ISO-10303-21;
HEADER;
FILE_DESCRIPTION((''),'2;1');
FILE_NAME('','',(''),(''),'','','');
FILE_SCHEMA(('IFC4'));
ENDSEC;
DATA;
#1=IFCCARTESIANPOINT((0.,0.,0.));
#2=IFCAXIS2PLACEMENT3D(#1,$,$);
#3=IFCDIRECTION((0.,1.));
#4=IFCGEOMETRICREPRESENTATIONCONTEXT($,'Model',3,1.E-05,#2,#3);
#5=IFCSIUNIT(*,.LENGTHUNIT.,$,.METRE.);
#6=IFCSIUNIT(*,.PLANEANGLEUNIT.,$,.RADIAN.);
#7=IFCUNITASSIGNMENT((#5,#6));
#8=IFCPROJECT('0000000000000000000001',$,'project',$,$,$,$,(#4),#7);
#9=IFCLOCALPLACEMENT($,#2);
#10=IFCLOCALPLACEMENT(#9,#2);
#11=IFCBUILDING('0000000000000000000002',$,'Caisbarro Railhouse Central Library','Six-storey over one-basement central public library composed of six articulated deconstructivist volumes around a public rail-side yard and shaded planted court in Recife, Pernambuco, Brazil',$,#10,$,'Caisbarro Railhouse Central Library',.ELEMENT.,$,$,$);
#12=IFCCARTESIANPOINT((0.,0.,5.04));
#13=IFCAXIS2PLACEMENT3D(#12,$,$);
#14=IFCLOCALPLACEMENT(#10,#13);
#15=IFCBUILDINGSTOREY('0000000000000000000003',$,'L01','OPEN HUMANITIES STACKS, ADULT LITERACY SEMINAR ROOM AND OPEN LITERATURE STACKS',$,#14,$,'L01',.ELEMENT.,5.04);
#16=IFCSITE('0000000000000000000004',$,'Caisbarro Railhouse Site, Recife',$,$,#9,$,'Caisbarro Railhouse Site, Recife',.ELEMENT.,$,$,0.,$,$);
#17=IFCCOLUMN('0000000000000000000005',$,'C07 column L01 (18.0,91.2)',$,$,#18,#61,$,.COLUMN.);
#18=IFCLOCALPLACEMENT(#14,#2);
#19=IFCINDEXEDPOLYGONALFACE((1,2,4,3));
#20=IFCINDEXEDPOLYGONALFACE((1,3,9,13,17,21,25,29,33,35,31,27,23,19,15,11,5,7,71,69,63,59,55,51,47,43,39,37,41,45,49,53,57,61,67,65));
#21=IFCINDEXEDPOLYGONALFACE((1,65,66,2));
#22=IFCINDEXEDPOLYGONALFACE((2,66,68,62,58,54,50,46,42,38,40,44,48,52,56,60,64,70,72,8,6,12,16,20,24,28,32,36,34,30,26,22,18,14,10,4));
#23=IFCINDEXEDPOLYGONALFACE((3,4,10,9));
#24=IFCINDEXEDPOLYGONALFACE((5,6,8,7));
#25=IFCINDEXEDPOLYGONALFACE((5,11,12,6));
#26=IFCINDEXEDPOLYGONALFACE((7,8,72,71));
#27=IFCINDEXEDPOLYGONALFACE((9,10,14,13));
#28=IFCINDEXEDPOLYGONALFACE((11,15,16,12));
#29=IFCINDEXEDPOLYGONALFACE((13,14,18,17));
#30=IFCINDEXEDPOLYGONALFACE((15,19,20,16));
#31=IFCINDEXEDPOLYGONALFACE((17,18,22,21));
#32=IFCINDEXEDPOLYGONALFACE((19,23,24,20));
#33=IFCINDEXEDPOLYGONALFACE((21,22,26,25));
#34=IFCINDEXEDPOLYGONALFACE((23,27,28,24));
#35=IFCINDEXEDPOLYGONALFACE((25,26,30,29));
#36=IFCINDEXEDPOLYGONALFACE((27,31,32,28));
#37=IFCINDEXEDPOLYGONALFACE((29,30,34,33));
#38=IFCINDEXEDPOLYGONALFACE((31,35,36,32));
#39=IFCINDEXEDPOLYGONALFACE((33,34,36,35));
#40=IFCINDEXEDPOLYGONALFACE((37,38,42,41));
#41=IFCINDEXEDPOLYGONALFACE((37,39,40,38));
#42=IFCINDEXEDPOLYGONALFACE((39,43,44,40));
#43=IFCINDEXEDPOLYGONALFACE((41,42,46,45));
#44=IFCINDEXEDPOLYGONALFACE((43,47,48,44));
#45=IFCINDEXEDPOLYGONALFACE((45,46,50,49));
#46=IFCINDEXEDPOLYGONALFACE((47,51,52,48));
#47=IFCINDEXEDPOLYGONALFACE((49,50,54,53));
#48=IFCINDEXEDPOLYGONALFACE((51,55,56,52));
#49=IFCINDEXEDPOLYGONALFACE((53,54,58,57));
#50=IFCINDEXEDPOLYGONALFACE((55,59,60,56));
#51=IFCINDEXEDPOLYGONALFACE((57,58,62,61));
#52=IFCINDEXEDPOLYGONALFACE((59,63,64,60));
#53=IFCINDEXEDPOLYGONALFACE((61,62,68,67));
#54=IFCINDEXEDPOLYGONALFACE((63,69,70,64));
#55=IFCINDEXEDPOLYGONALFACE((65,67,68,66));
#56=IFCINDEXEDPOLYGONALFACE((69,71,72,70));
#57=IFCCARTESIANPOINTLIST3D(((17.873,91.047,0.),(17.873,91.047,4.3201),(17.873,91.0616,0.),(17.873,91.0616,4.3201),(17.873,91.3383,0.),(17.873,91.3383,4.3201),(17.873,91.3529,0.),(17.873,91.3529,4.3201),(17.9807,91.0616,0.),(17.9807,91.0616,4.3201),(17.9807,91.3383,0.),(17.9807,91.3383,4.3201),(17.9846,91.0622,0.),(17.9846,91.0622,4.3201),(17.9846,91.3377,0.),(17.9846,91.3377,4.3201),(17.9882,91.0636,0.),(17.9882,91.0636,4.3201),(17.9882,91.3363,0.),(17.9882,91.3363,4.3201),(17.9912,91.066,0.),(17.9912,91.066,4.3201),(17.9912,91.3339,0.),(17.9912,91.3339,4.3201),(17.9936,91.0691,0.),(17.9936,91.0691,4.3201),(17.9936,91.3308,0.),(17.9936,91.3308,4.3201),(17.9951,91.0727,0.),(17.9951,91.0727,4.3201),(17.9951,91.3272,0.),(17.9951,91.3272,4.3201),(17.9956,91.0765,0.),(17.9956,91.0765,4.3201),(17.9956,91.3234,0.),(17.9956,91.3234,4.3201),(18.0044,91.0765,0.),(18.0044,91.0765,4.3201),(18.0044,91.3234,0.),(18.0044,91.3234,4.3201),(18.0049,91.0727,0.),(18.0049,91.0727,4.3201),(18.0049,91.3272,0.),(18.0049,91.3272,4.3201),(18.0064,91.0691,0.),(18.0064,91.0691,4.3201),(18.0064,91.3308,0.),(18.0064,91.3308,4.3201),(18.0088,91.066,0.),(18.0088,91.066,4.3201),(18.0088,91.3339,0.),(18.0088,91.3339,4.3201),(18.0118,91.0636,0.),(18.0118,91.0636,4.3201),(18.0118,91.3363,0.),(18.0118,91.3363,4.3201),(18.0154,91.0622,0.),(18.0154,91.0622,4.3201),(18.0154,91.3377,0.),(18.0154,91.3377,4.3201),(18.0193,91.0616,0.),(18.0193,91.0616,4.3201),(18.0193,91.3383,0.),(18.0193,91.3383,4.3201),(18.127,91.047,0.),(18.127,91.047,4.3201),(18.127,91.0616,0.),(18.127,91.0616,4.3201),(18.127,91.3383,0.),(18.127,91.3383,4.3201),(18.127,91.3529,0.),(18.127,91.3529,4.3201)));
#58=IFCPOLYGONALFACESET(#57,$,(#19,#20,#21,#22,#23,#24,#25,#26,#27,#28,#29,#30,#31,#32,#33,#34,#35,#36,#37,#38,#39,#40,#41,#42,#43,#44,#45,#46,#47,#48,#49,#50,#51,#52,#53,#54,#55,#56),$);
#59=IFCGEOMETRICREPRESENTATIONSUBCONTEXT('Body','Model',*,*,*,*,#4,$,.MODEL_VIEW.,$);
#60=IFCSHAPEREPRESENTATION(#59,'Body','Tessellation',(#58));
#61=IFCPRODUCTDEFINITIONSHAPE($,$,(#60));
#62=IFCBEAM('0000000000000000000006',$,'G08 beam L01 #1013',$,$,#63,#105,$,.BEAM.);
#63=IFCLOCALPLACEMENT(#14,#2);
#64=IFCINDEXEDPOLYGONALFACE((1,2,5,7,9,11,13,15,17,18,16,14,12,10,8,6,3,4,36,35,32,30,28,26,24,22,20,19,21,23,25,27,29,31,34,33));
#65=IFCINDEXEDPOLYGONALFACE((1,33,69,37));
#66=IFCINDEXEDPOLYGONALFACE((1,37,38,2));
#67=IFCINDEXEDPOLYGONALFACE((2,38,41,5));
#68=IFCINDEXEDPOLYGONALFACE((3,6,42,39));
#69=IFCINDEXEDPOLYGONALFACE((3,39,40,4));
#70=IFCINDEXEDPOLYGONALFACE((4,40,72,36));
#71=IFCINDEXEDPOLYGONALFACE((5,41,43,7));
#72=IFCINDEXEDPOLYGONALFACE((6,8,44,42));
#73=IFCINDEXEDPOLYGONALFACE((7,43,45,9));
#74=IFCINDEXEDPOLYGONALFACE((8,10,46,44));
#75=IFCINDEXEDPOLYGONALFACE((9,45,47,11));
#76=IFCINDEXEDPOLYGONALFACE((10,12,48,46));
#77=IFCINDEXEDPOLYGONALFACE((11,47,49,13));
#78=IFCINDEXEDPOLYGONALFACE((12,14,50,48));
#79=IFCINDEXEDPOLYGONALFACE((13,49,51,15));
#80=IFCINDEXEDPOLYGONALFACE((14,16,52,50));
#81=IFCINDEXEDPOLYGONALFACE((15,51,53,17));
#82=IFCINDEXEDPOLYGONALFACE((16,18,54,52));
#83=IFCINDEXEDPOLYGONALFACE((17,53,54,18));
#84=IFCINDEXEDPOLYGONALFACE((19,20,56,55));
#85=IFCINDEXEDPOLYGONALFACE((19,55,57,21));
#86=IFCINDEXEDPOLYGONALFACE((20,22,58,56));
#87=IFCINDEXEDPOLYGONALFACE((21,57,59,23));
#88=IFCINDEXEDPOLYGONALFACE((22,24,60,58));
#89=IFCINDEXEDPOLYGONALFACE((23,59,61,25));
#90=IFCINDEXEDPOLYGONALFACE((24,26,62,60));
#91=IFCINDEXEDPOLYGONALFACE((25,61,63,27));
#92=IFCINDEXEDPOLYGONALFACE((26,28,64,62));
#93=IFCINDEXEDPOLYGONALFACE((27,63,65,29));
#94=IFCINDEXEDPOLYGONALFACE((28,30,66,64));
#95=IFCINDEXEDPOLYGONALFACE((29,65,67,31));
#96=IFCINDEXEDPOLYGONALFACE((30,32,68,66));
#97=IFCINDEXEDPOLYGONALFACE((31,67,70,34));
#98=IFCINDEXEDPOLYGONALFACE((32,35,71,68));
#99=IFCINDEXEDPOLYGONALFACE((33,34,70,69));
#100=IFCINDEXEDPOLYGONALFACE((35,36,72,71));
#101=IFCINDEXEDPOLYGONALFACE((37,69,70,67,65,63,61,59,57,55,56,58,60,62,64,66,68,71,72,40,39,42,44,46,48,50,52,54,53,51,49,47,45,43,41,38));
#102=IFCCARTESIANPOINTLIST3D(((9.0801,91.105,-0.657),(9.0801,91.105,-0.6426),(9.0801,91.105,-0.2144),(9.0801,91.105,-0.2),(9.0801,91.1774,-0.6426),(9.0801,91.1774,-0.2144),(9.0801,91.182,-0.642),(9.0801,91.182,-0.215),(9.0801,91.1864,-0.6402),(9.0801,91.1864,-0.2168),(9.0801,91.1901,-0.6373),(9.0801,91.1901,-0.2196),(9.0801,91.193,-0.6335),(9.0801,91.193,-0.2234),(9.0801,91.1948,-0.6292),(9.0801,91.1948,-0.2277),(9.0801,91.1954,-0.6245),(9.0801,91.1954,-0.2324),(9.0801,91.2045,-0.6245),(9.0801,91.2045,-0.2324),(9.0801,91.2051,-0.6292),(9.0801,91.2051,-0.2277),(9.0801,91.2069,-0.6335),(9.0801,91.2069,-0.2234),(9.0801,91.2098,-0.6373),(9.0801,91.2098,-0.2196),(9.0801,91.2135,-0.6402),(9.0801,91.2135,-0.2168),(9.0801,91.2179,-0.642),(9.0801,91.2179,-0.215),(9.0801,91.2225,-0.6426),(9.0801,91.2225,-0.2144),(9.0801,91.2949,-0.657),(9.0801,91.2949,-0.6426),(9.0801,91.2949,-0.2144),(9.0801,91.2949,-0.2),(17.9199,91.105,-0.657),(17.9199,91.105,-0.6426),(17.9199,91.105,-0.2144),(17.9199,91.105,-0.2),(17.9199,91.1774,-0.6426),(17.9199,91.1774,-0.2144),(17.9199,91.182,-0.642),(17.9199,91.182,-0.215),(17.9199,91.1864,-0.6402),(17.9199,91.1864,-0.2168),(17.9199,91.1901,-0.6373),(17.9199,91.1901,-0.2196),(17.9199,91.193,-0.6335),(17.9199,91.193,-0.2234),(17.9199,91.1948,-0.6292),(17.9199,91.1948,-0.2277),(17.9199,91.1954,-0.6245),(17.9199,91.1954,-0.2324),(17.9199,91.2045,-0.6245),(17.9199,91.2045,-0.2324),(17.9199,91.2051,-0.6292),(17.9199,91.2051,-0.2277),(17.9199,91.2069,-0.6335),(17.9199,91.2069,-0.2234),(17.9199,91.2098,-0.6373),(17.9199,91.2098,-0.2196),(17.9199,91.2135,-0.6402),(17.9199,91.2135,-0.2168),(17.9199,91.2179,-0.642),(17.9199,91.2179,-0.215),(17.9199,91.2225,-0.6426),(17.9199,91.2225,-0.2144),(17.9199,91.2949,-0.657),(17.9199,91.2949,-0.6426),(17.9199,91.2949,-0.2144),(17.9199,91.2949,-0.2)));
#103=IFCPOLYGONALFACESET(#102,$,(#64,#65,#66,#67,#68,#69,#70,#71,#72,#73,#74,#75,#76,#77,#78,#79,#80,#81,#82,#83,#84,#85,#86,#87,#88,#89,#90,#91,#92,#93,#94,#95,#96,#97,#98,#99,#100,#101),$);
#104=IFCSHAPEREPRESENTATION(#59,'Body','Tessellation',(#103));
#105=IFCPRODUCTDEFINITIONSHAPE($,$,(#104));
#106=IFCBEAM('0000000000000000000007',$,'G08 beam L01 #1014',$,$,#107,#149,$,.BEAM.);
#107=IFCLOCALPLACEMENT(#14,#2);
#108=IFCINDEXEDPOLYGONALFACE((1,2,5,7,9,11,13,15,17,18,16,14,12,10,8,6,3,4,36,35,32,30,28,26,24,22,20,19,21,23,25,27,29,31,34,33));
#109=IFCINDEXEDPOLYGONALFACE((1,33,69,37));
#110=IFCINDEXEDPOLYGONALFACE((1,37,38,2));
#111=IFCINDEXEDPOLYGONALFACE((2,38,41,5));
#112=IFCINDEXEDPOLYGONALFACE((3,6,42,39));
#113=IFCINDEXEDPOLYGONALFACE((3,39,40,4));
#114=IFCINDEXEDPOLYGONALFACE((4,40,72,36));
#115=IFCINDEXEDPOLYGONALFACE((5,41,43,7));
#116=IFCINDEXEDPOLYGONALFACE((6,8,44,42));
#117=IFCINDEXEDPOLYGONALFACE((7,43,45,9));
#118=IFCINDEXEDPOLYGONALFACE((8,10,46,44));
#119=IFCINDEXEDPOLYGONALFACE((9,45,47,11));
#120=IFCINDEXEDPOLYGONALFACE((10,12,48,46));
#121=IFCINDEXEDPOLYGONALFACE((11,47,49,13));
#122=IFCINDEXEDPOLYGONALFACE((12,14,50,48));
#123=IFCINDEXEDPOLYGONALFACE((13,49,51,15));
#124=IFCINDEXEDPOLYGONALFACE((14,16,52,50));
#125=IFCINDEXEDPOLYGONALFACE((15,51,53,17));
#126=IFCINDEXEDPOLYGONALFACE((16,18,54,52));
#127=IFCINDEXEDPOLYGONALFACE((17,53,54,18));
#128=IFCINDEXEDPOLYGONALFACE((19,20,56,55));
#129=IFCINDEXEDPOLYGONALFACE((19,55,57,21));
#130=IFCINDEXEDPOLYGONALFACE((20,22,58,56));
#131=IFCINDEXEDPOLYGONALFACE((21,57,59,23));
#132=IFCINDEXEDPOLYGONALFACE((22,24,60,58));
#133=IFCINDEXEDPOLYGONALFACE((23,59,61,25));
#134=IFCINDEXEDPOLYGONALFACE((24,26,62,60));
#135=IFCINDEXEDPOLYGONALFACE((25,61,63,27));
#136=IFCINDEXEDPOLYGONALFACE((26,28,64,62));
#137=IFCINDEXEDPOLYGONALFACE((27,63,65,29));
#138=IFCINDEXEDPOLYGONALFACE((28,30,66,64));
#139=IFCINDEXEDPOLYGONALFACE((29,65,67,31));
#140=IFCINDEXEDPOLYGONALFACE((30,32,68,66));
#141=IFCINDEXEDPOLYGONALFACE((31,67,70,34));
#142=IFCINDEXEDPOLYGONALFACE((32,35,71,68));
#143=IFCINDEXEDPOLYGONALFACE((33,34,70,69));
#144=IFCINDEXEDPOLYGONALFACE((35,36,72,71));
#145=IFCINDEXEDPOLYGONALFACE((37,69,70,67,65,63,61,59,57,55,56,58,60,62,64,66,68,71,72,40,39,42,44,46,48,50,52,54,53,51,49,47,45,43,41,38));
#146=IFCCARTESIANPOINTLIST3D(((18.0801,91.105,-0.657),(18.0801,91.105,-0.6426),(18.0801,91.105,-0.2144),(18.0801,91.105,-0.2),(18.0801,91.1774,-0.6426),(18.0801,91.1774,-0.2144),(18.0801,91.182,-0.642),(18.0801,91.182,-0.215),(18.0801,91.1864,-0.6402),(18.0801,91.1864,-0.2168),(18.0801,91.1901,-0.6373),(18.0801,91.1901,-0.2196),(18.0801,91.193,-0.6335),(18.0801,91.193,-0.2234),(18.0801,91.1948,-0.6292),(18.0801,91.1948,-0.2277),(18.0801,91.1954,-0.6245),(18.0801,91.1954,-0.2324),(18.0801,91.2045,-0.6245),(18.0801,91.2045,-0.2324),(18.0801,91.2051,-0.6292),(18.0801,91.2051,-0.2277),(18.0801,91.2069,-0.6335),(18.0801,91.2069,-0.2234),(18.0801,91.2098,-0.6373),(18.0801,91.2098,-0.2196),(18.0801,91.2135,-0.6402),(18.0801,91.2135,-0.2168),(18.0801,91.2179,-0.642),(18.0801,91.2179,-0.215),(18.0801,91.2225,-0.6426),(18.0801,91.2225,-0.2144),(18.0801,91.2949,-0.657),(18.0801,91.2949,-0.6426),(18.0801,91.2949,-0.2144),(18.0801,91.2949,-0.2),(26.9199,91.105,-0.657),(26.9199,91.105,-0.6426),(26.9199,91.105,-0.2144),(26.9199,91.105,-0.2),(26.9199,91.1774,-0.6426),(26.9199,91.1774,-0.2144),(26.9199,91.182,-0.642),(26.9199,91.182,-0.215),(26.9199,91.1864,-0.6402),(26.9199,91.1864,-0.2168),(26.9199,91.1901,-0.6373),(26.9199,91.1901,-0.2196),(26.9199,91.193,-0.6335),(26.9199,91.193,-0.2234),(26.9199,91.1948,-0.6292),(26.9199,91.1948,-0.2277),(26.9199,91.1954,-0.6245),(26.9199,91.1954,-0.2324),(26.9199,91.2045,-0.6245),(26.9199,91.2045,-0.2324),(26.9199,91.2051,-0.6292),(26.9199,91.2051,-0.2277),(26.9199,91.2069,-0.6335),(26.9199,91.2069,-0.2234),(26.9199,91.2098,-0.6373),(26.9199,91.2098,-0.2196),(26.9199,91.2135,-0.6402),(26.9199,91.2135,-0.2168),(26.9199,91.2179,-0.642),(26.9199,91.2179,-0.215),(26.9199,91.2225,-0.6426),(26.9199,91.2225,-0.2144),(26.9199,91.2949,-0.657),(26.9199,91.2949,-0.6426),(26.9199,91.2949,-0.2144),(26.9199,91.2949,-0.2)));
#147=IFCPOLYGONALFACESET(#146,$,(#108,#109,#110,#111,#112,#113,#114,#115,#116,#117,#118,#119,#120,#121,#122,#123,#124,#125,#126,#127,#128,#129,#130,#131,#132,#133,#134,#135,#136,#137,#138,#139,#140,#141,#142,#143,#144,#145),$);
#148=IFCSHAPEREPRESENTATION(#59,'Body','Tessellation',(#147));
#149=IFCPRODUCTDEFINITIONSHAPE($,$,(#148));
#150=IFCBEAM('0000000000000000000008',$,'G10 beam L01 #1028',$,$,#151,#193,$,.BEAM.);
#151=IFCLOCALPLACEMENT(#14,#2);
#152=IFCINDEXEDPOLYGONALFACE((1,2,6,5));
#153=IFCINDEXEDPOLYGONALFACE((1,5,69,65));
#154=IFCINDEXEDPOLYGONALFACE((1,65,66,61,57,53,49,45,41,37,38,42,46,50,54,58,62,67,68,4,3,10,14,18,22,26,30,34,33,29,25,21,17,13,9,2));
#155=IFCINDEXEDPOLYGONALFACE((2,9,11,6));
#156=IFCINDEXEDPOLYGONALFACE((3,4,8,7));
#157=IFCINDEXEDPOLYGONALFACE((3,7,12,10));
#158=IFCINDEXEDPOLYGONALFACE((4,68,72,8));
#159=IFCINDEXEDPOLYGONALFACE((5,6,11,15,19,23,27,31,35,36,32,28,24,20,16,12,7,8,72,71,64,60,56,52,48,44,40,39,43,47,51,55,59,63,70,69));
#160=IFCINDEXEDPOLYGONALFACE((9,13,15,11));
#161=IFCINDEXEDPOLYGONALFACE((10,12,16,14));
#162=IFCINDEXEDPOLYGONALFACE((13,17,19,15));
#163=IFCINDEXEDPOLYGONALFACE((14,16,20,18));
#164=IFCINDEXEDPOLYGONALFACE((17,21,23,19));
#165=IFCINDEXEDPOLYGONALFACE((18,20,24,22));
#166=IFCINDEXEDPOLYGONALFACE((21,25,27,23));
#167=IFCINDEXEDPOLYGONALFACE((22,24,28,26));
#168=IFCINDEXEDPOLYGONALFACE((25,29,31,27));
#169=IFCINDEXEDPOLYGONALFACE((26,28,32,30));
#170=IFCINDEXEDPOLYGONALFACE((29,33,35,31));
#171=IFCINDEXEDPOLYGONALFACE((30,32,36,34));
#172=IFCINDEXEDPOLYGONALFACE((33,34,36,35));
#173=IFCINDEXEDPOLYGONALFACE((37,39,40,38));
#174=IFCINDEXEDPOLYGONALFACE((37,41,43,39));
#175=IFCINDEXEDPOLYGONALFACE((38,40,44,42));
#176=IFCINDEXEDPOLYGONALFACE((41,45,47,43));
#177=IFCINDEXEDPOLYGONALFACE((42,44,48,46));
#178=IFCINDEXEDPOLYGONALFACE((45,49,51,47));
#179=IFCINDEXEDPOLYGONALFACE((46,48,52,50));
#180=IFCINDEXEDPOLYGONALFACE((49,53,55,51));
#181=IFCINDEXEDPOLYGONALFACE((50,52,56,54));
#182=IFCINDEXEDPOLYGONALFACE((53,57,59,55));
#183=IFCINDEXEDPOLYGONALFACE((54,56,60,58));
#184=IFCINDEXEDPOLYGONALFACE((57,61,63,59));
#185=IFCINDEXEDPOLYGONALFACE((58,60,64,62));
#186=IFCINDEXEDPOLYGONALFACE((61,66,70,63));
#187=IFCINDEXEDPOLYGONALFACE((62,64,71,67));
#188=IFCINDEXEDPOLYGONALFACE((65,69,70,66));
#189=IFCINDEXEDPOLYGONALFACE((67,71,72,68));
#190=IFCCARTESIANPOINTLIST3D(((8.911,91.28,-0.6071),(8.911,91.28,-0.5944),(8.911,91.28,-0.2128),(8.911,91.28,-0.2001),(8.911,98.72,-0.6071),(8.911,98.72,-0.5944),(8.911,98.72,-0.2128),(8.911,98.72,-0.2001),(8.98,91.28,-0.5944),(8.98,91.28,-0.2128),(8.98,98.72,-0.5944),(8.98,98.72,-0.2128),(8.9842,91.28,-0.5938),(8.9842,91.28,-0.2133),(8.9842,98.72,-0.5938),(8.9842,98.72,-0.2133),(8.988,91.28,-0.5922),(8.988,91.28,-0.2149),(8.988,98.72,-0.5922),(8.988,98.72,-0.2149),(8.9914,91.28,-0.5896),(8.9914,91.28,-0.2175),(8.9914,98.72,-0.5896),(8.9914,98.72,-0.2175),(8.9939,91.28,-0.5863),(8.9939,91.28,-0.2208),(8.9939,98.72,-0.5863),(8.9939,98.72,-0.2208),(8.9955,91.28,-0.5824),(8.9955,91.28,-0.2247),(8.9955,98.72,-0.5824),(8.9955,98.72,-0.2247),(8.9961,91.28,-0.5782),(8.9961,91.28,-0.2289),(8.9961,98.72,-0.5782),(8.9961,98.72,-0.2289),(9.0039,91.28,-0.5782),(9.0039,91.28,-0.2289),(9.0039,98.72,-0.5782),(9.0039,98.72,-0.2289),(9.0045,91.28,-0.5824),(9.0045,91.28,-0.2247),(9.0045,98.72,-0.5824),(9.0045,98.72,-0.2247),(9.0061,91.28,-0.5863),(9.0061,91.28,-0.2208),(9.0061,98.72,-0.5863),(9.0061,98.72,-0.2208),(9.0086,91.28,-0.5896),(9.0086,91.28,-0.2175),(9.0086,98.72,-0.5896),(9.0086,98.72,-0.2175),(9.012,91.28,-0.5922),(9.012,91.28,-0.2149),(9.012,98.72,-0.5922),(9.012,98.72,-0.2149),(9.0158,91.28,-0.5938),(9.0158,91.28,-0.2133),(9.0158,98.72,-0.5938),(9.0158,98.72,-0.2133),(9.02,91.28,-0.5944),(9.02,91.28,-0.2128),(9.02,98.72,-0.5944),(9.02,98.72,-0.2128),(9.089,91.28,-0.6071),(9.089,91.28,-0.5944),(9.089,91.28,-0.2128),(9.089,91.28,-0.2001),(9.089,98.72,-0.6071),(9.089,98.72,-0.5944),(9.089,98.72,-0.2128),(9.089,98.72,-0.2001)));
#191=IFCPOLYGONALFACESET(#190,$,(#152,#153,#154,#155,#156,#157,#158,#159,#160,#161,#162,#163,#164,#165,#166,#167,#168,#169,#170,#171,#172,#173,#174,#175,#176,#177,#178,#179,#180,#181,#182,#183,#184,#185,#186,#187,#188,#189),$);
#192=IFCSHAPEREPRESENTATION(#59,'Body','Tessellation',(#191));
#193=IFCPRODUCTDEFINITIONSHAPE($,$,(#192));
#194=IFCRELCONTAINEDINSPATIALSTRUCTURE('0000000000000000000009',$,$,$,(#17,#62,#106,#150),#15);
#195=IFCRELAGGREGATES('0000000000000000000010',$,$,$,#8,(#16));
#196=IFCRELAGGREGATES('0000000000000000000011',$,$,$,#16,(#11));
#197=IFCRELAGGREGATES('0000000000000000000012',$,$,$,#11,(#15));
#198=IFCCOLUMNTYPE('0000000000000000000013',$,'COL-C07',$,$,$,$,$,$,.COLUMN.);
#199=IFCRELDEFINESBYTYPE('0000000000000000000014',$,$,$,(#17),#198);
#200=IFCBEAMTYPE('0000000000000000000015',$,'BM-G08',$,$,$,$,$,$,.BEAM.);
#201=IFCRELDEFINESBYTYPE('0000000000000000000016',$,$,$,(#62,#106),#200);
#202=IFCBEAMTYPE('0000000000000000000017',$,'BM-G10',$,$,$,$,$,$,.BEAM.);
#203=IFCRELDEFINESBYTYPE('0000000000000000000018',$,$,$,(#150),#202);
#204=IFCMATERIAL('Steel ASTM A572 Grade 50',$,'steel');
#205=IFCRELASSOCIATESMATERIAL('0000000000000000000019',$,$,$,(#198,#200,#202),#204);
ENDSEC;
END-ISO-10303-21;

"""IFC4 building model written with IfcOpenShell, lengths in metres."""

from ifc_helpers import new_model, si_unit, direction, frame, origin, origin_2d, place, context, subcontext, project, spatial, i_section, extrude, material, material_profile, profile_set, type_object, element, save


model = new_model("IFC4")

# Units and contexts
model_context = context("Model", 3, precision=1e-05, world=origin(), true_north=direction((0.0, 1.0)))
body_context = subcontext(model_context, "Body", "Model", "MODEL_VIEW")
ifc_project = project(units=[si_unit("LENGTHUNIT", "METRE"), si_unit("PLANEANGLEUNIT", "RADIAN")], contexts=[model_context])

# Site, building, storey
site_placement = place(None, origin())
site = spatial("IfcSite", under=ifc_project, at=site_placement, Name="Caisbarro Railhouse Site, Recife", LongName="Caisbarro Railhouse Site, Recife", CompositionType="ELEMENT", RefElevation=0.0)
building_placement = place(site_placement, origin())
building = spatial("IfcBuilding", under=site, at=building_placement, Name="Caisbarro Railhouse Central Library", Description="Six-storey over one-basement central public library composed of six articulated deconstructivist volumes around a public rail-side yard and shaded planted court in Recife, Pernambuco, Brazil", LongName="Caisbarro Railhouse Central Library", CompositionType="ELEMENT")
storey_placement = place(building_placement, frame((0.0, 0.0, 5.04)))
storey = spatial("IfcBuildingStorey", under=building, at=storey_placement, Name="L01", Description="OPEN HUMANITIES STACKS, ADULT LITERACY SEMINAR ROOM AND OPEN LITERATURE STACKS", LongName="L01", CompositionType="ELEMENT", Elevation=5.04)

# Column
ifc_material_1 = material(Name="Steel ASTM A572 Grade 50", Category="steel")
ifc_material_profile_1 = material_profile(ifc_material_1, i_section(OverallWidth=0.2539, OverallDepth=0.3059, WebThickness=0.0088, FlangeThickness=0.0146, FilletRadius=0.0149, at=origin_2d()), Name="W310X79.0")
ifc_profile_set_1 = profile_set([ifc_material_profile_1], Name="Steel ASTM A572 Grade 50")
column_type = type_object("IfcColumnType", Name="COL-C07", PredefinedType="COLUMN", material=ifc_profile_set_1)
column_placement = place(storey_placement, frame((18.0, 91.2, 0.0), z_axis=(0.0, 0.0, 1.0), x_axis=(1.0, 0.0, 0.0)))
element("IfcColumn", 1, at=column_placement, inside=storey, type_object=column_type, Name="C07 column L01 (18.0,91.2)", PredefinedType="COLUMN", context=body_context, shape_type="SweptSolid", body=[
    extrude(i_section(OverallWidth=0.2539, OverallDepth=0.3059, WebThickness=0.0088, FlangeThickness=0.0146, FilletRadius=0.0149, at=origin_2d()), origin(), (0.0, 0.0, 1.0), 4.3201),
])

# Beams
ifc_material_profile_2 = material_profile(ifc_material_1, i_section(OverallWidth=0.1899, OverallDepth=0.457, WebThickness=0.009, FlangeThickness=0.0144, FilletRadius=0.0181, at=origin_2d()), Name="W460X74.0")
ifc_profile_set_2 = profile_set([ifc_material_profile_2], Name="Steel ASTM A572 Grade 50")
beam_type_1 = type_object("IfcBeamType", Name="BM-G08", PredefinedType="BEAM", material=ifc_profile_set_2)
for number, where, z_axis, x_axis, name in (
    (2, (9.0801, 91.2, -0.4285), (1.0, 0.0, 0.0), (0.0, 1.0, 0.0), "G08 beam L01 #1013"),
    (3, (18.0801, 91.2, -0.4285), (1.0, 0.0, 0.0), (0.0, 1.0, 0.0), "G08 beam L01 #1014"),
):
    element("IfcBeam", number, at=place(storey_placement, frame(where, z_axis=z_axis, x_axis=x_axis)), inside=storey, type_object=beam_type_1, Name=name, PredefinedType="BEAM", context=body_context, shape_type="SweptSolid", body=[
        extrude(i_section(OverallWidth=0.1899, OverallDepth=0.457, WebThickness=0.009, FlangeThickness=0.0144, FilletRadius=0.0181, at=origin_2d()), origin(), (0.0, 0.0, 1.0), 8.8398),
    ])
ifc_material_profile_3 = material_profile(ifc_material_1, i_section(OverallWidth=0.178, OverallDepth=0.407, WebThickness=0.0078, FlangeThickness=0.0127, FilletRadius=0.0161, at=origin_2d()), Name="W410X60.0")
ifc_profile_set_3 = profile_set([ifc_material_profile_3], Name="Steel ASTM A572 Grade 50")
beam_type_2 = type_object("IfcBeamType", Name="BM-G10", PredefinedType="BEAM", material=ifc_profile_set_3)
beam_1_placement = place(storey_placement, frame((9.0, 91.28, -0.4036), z_axis=(0.0, 1.0, 0.0), x_axis=(-1.0, 0.0, 0.0)))
element("IfcBeam", 4, at=beam_1_placement, inside=storey, type_object=beam_type_2, Name="G10 beam L01 #1028", PredefinedType="BEAM", context=body_context, shape_type="SweptSolid", body=[
    extrude(i_section(OverallWidth=0.178, OverallDepth=0.407, WebThickness=0.0078, FlangeThickness=0.0127, FilletRadius=0.0161, at=origin_2d()), origin(), (0.0, 0.0, 1.0), 7.4399),
])

save(model, "model.ifc")
